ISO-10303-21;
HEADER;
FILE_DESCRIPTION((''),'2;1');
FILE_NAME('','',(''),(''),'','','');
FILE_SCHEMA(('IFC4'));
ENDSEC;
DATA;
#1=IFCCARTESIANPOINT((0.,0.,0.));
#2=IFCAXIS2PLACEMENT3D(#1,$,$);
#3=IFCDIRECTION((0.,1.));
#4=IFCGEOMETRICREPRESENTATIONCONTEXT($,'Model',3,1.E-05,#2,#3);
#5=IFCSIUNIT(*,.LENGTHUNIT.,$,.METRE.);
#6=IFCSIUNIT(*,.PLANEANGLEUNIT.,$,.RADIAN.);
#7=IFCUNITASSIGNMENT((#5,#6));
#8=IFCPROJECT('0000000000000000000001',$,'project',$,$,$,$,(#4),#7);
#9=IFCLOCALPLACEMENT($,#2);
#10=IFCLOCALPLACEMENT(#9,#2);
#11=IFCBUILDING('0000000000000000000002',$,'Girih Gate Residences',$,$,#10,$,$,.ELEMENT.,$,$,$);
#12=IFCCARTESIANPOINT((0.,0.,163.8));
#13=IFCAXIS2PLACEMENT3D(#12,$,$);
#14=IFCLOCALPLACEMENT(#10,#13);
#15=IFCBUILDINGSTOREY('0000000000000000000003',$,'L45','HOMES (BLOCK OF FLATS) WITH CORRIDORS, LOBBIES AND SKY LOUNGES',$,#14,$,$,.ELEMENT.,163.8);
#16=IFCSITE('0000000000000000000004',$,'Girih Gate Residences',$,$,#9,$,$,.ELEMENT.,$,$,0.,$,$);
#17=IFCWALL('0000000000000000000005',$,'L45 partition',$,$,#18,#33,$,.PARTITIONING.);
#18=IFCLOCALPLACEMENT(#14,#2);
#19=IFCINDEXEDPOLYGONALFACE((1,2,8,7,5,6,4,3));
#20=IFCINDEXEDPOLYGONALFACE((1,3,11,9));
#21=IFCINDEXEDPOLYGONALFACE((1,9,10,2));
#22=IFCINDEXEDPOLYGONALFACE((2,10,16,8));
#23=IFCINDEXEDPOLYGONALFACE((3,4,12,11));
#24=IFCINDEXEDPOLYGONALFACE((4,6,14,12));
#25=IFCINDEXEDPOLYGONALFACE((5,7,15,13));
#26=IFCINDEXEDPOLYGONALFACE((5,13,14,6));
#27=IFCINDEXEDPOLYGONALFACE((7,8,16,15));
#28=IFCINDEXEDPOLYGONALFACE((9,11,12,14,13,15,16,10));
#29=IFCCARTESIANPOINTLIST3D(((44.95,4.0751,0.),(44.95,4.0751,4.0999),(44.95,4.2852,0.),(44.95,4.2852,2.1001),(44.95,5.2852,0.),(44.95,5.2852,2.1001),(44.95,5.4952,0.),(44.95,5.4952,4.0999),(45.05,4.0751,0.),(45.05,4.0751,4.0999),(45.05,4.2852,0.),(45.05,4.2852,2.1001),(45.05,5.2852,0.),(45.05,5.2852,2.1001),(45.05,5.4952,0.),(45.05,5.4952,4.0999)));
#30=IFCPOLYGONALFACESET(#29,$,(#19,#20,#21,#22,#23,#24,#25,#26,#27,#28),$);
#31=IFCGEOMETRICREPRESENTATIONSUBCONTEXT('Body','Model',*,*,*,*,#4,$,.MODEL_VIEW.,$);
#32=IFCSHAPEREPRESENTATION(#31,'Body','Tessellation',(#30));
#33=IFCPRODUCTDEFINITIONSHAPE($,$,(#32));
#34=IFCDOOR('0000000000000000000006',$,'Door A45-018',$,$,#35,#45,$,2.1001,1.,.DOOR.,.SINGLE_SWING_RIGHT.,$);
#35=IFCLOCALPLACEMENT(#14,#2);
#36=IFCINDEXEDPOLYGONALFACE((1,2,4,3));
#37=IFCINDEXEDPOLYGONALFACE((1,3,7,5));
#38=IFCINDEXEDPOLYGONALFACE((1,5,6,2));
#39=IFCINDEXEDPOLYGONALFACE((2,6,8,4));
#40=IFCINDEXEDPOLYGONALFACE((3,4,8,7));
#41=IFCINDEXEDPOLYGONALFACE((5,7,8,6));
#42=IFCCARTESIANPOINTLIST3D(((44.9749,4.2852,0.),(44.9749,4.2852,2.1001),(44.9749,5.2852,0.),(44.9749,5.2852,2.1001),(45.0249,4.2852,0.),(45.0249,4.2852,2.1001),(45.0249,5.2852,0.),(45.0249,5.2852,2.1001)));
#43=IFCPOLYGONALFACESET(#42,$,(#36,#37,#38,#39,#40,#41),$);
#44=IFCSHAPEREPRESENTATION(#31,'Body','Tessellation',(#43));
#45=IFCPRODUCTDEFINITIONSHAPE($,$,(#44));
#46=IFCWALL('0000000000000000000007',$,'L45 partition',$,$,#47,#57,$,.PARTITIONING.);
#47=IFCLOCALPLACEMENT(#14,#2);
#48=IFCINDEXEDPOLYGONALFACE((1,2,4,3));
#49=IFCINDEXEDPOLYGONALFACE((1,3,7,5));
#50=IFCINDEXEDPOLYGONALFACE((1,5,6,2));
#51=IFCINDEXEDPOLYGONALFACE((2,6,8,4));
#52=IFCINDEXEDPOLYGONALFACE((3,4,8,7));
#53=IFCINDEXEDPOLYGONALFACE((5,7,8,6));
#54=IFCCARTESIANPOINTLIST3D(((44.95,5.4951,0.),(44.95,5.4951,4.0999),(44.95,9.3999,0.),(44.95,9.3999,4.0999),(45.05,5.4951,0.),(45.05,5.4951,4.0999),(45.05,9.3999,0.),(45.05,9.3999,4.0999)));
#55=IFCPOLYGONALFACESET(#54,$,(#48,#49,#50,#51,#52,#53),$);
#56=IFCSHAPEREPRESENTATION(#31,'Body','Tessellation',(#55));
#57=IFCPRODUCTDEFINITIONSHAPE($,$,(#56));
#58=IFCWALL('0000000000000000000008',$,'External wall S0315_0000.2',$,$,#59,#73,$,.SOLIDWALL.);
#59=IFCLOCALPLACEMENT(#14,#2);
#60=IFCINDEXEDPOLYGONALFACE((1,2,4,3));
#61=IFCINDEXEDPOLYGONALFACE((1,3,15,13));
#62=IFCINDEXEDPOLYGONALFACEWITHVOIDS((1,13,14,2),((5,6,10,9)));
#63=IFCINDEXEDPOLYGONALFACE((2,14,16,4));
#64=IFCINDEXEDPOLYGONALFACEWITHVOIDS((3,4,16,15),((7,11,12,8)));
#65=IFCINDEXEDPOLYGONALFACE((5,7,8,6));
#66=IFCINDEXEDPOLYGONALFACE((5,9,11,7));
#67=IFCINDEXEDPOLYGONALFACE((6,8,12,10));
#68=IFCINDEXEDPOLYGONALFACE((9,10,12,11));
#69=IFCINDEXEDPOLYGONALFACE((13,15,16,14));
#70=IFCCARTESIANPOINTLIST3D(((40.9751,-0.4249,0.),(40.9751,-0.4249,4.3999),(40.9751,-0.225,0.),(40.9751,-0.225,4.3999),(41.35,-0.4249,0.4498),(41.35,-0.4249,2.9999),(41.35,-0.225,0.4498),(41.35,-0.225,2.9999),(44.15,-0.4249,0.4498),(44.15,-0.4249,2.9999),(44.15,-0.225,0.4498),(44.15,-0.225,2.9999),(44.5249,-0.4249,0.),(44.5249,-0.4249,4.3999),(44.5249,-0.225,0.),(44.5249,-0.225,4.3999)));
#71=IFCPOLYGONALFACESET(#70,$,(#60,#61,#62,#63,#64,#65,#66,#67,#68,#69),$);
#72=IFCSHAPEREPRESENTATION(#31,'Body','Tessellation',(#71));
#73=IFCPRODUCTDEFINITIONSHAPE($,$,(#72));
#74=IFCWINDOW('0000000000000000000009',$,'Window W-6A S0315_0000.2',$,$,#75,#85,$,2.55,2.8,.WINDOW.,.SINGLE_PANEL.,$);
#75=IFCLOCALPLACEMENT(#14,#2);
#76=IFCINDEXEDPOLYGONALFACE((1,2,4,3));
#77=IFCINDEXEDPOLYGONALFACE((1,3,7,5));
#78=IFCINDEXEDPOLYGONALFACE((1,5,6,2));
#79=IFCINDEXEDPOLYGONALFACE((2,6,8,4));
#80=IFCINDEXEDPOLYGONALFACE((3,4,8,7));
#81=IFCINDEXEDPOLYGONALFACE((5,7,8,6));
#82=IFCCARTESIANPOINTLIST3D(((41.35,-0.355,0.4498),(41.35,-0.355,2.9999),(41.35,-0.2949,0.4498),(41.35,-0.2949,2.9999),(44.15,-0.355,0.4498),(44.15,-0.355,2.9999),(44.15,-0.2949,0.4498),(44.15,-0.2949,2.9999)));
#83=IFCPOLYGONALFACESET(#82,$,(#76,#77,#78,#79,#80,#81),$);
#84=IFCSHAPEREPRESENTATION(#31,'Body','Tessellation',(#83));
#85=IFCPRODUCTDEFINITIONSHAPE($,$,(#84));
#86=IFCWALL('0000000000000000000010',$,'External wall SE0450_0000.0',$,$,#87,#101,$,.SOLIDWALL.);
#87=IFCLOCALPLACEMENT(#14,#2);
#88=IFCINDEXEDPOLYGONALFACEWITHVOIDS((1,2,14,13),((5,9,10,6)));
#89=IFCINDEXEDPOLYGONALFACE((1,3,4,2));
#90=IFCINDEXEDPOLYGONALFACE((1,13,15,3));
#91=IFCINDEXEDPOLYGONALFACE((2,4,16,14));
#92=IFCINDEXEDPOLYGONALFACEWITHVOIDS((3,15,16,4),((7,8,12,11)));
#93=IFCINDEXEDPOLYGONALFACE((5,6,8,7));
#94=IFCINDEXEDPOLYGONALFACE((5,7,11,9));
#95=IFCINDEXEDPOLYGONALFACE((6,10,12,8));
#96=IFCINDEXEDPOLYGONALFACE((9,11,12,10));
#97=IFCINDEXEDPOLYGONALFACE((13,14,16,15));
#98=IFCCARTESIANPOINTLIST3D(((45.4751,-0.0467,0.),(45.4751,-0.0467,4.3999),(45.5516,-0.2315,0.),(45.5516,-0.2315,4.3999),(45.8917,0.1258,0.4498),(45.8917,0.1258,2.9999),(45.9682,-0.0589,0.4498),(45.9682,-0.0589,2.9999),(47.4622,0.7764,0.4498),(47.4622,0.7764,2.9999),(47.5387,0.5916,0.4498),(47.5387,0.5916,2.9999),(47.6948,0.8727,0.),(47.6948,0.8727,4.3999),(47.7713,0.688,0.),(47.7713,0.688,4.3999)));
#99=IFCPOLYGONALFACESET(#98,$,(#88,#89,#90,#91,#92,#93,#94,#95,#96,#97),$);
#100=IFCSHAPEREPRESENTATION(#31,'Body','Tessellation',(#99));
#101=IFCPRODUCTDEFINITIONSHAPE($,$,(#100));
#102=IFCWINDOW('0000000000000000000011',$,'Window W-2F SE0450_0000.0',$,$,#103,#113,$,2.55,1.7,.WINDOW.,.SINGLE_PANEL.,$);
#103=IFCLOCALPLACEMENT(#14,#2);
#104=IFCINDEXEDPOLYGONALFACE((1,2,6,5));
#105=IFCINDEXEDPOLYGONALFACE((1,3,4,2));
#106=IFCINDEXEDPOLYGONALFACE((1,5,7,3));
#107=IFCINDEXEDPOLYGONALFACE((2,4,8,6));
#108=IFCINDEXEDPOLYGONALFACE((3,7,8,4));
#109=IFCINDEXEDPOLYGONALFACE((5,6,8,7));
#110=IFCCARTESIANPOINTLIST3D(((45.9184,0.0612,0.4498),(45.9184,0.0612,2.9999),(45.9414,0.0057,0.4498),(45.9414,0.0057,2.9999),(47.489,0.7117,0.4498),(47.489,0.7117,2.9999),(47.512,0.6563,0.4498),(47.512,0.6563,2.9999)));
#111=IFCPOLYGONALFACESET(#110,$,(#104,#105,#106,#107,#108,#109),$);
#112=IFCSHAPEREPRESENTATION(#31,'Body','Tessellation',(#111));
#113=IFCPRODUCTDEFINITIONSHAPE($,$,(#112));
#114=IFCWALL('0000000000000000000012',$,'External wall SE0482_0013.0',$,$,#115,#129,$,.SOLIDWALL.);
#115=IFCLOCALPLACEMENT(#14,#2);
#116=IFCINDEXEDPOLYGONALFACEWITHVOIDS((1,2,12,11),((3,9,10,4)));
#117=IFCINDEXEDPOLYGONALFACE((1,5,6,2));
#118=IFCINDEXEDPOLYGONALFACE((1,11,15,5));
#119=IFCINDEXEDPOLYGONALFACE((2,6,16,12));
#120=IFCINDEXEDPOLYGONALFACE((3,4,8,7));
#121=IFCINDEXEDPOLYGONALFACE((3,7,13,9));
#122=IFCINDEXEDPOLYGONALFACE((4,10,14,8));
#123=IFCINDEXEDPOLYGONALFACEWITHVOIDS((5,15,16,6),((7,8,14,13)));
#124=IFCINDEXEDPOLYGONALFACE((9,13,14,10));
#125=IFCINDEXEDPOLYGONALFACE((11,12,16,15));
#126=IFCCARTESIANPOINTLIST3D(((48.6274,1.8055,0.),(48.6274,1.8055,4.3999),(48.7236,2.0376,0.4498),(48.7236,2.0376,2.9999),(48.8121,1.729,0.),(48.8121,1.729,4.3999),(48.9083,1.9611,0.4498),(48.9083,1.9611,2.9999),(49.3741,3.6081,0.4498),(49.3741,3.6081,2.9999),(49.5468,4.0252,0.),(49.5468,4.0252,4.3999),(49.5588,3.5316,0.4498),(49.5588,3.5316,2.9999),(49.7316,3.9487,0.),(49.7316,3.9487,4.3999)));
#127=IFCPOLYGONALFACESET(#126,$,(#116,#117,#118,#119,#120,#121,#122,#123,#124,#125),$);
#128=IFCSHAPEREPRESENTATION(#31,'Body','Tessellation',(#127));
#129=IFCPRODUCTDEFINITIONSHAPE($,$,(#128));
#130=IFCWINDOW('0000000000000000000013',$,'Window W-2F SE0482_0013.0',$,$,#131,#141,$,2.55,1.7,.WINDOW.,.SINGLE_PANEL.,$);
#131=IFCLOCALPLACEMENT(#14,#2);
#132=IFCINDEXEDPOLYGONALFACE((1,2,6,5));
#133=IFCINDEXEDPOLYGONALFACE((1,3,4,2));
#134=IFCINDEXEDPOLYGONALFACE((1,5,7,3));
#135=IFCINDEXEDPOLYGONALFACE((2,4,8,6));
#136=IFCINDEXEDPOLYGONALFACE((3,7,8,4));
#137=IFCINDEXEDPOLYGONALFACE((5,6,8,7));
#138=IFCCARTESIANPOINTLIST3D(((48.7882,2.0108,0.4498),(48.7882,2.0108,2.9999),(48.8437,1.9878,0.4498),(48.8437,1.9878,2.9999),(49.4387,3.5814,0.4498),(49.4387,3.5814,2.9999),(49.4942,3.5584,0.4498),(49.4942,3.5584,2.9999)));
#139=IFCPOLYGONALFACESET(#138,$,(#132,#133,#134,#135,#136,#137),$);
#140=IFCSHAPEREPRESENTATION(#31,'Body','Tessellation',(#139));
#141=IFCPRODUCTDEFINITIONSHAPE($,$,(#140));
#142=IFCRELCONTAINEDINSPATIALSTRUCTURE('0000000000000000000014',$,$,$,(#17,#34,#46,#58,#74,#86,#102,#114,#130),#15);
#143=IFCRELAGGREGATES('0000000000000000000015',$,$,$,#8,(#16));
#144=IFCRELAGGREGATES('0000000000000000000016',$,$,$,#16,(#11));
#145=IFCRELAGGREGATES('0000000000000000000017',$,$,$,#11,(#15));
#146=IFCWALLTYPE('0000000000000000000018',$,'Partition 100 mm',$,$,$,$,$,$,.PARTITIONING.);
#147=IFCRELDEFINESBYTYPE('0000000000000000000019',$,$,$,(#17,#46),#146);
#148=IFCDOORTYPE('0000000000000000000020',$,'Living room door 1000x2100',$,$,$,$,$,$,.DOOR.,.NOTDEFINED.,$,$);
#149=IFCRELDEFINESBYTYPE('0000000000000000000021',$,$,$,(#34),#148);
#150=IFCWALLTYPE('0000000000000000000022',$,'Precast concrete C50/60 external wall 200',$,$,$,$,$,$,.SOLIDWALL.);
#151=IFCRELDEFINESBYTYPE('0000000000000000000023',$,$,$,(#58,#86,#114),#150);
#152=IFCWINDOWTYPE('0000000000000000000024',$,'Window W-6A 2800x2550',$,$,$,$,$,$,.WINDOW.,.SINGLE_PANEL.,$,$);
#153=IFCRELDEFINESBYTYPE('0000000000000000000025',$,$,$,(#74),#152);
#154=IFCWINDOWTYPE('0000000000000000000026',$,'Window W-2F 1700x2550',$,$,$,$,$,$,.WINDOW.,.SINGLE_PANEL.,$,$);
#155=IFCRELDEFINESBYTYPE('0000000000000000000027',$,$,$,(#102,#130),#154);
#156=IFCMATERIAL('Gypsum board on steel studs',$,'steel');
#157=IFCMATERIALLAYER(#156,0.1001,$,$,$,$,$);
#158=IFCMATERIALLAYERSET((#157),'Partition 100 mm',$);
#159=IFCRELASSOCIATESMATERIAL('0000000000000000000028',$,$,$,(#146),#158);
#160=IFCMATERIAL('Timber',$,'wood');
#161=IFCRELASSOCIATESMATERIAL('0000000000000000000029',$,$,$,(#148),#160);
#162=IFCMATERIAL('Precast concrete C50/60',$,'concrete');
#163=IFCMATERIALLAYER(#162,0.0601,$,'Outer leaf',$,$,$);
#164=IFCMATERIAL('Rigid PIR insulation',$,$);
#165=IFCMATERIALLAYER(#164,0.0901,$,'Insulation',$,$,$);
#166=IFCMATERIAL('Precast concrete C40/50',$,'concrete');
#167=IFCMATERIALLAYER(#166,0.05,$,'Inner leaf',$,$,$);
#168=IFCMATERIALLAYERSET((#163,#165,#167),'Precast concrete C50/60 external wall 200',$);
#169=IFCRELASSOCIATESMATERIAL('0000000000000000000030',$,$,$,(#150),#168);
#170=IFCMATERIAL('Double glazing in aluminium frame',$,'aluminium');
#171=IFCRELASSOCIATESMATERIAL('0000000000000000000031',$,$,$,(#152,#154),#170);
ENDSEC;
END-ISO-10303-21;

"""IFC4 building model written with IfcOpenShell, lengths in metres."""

from ifc_helpers import new_model, si_unit, direction, frame, frame_2d, origin, place, context, subcontext, project, spatial, rectangle, extrude, material, layer, layer_set, type_object, element, fill, save


model = new_model("IFC4")

# Units and contexts
model_context = context("Model", 3, precision=1e-05, world=origin(), true_north=direction((0.0, 1.0)))
body_context = subcontext(model_context, "Body", "Model", "MODEL_VIEW")
ifc_project = project(units=[si_unit("LENGTHUNIT", "METRE"), si_unit("PLANEANGLEUNIT", "RADIAN")], contexts=[model_context])

# Site, building, storey
site_placement = place(None, origin())
site = spatial("IfcSite", under=ifc_project, at=site_placement, Name="Girih Gate Residences", CompositionType="ELEMENT", RefElevation=0.0)
building_placement = place(site_placement, origin())
building = spatial("IfcBuilding", under=site, at=building_placement, Name="Girih Gate Residences", CompositionType="ELEMENT")
storey_placement = place(building_placement, frame((0.0, 0.0, 163.8)))
storey = spatial("IfcBuildingStorey", under=building, at=storey_placement, Name="L45", Description="HOMES (BLOCK OF FLATS) WITH CORRIDORS, LOBBIES AND SKY LOUNGES", CompositionType="ELEMENT", Elevation=163.8)

# Shared definitions
ifc_material_1 = material(Name="Gypsum board on steel studs", Category="steel")
ifc_layer_1 = layer(ifc_material_1, 0.1001)
ifc_layer_set_1 = layer_set([ifc_layer_1], Name="Partition 100 mm")
wall_type_1 = type_object("IfcWallType", Name="Partition 100 mm", PredefinedType="PARTITIONING", material=ifc_layer_set_1)
ifc_material_2 = material(Name="Timber", Category="wood")

# Wall, opening, door
wall_1_placement = place(storey_placement, frame((45.0, 5.4951, 0.0), z_axis=(0.0, 0.0, 1.0), x_axis=(0.0, -1.0, 0.0)))
wall_1 = element("IfcWall", 1, at=wall_1_placement, inside=storey, type_object=wall_type_1, Name="L45 partition", PredefinedType="PARTITIONING", context=body_context, shape_type="SweptSolid", body=[
    extrude(rectangle(XDim=1.4202, YDim=0.1001, at=frame_2d((0.71, 0.0))), origin(), (0.0, 0.0, 1.0), 4.0999),
])
opening_1_placement = place(wall_1_placement, frame((0.21, 0.0, 0.0)))
opening_1 = element("IfcOpeningElement", 2, at=opening_1_placement, cuts=wall_1, PredefinedType="OPENING", context=body_context, shape_type="SweptSolid", body=[
    extrude(rectangle(XDim=1.0, YDim=2.1001, at=frame_2d((0.5, 1.05))), frame((0.0, 0.0601, 0.0), z_axis=(0.0, -1.0, 0.0), x_axis=(1.0, 0.0, 0.0)), (0.0, 0.0, 1.0), 0.1201),
])
door_type_1 = type_object("IfcDoorType", Name="Living room door 1000x2100", OperationType="NOTDEFINED", PredefinedType="DOOR", material=ifc_material_2)
door_1_placement = place(opening_1_placement, origin())
door_1 = element("IfcDoor", 3, at=door_1_placement, inside=storey, type_object=door_type_1, Name="Door A45-018", OperationType="SINGLE_SWING_RIGHT", OverallHeight=2.1001, OverallWidth=1.0, PredefinedType="DOOR", context=body_context, shape_type="SweptSolid", body=[
    extrude(rectangle(XDim=1.0, YDim=2.1001, at=frame_2d((0.5, 1.05))), frame((0.0, 0.0249, 0.0), z_axis=(0.0, -1.0, 0.0), x_axis=(1.0, 0.0, 0.0)), (0.0, 0.0, 1.0), 0.05),
])
fill(opening_1, door_1)

# Wall
wall_2_placement = place(storey_placement, frame((45.0, 5.4951, 0.0), z_axis=(0.0, 0.0, 1.0), x_axis=(0.0, 1.0, 0.0)))
element("IfcWall", 4, at=wall_2_placement, inside=storey, type_object=wall_type_1, Name="L45 partition", PredefinedType="PARTITIONING", context=body_context, shape_type="SweptSolid", body=[
    extrude(rectangle(XDim=3.9048, YDim=0.1001, at=frame_2d((1.9524, 0.0))), origin(), (0.0, 0.0, 1.0), 4.0999),
])

# Walls, openings, windows
ifc_material_3 = material(Name="Precast concrete C50/60", Category="concrete")
ifc_layer_2 = layer(ifc_material_3, 0.0601, Name="Outer leaf")
ifc_material_4 = material(Name="Rigid PIR insulation")
ifc_layer_3 = layer(ifc_material_4, 0.0901, Name="Insulation")
ifc_material_5 = material(Name="Precast concrete C40/50", Category="concrete")
ifc_layer_4 = layer(ifc_material_5, 0.05, Name="Inner leaf")
ifc_layer_set_2 = layer_set([ifc_layer_2, ifc_layer_3, ifc_layer_4], Name="Precast concrete C50/60 external wall 200")
wall_type_2 = type_object("IfcWallType", Name="Precast concrete C50/60 external wall 200", PredefinedType="SOLIDWALL", material=ifc_layer_set_2)
wall_3_placement = place(storey_placement, frame((44.5249, -0.325, 0.0), z_axis=(0.0, 0.0, 1.0), x_axis=(-1.0, 0.0, 0.0)))
wall_3 = element("IfcWall", 5, at=wall_3_placement, inside=storey, type_object=wall_type_2, Name="External wall S0315_0000.2", PredefinedType="SOLIDWALL", context=body_context, shape_type="SweptSolid", body=[
    extrude(rectangle(XDim=3.5498, YDim=0.2, at=frame_2d((1.7749, 0.0))), origin(), (0.0, 0.0, 1.0), 4.3999),
])
opening_2_placement = place(wall_3_placement, frame((0.375, 0.0, 0.45)))
opening_2 = element("IfcOpeningElement", 6, at=opening_2_placement, cuts=wall_3, PredefinedType="OPENING", context=body_context, shape_type="SweptSolid", body=[
    extrude(rectangle(XDim=2.8, YDim=2.55, at=frame_2d((1.3999, 1.2749))), frame((0.0, 0.1099, 0.0), z_axis=(0.0, -1.0, 0.0), x_axis=(1.0, 0.0, 0.0)), (0.0, 0.0, 1.0), 0.22),
])
ifc_material_6 = material(Name="Double glazing in aluminium frame", Category="aluminium")
window_type_1 = type_object("IfcWindowType", Name="Window W-6A 2800x2550", PartitioningType="SINGLE_PANEL", PredefinedType="WINDOW", material=ifc_material_6)
window_1_placement = place(opening_2_placement, origin())
window_1 = element("IfcWindow", 7, at=window_1_placement, inside=storey, type_object=window_type_1, Name="Window W-6A S0315_0000.2", OverallHeight=2.55, OverallWidth=2.8, PartitioningType="SINGLE_PANEL", PredefinedType="WINDOW", context=body_context, shape_type="SweptSolid", body=[
    extrude(rectangle(XDim=2.8, YDim=2.55, at=frame_2d((1.3999, 1.2749))), frame((0.0, 0.03, 0.0), z_axis=(0.0, -1.0, 0.0), x_axis=(1.0, 0.0, 0.0)), (0.0, 0.0, 1.0), 0.0601),
])
fill(opening_2, window_1)
wall_4_placement = place(storey_placement, frame((47.7329, 0.7803, 0.0), z_axis=(0.0, 0.0, 1.0), x_axis=(-0.923881, -0.382681, 0.0)))
wall_4 = element("IfcWall", 8, at=wall_4_placement, inside=storey, type_object=wall_type_2, Name="External wall SE0450_0000.0", PredefinedType="SOLIDWALL", context=body_context, shape_type="SweptSolid", body=[
    extrude(rectangle(XDim=2.4026, YDim=0.2, at=frame_2d((1.2012, 0.0))), origin(), (0.0, 0.0, 1.0), 4.3999),
])
opening_3_placement = place(wall_4_placement, frame((0.2515, 0.0, 0.45)))
opening_3 = element("IfcOpeningElement", 9, at=opening_3_placement, cuts=wall_4, PredefinedType="OPENING", context=body_context, shape_type="SweptSolid", body=[
    extrude(rectangle(XDim=1.7, YDim=2.55, at=frame_2d((0.8501, 1.2749))), frame((0.0, 0.1099, 0.0), z_axis=(0.0, -1.0, 0.0), x_axis=(1.0, 0.0, 0.0)), (0.0, 0.0, 1.0), 0.22),
])
window_type_2 = type_object("IfcWindowType", Name="Window W-2F 1700x2550", PartitioningType="SINGLE_PANEL", PredefinedType="WINDOW", material=ifc_material_6)
window_2_placement = place(opening_3_placement, origin())
window_2 = element("IfcWindow", 10, at=window_2_placement, inside=storey, type_object=window_type_2, Name="Window W-2F SE0450_0000.0", OverallHeight=2.55, OverallWidth=1.7, PartitioningType="SINGLE_PANEL", PredefinedType="WINDOW", context=body_context, shape_type="SweptSolid", body=[
    extrude(rectangle(XDim=1.7, YDim=2.55, at=frame_2d((0.8501, 1.2749))), frame((0.0, 0.03, 0.0), z_axis=(0.0, -1.0, 0.0), x_axis=(1.0, 0.0, 0.0)), (0.0, 0.0, 1.0), 0.0601),
])
fill(opening_3, window_2)
wall_5_placement = place(storey_placement, frame((49.6392, 3.9868, 0.0), z_axis=(0.0, 0.0, 1.0), x_axis=(-0.382681, -0.923881, 0.0)))
wall_5 = element("IfcWall", 11, at=wall_5_placement, inside=storey, type_object=wall_type_2, Name="External wall SE0482_0013.0", PredefinedType="SOLIDWALL", context=body_context, shape_type="SweptSolid", body=[
    extrude(rectangle(XDim=2.4026, YDim=0.2, at=frame_2d((1.2012, 0.0))), origin(), (0.0, 0.0, 1.0), 4.3999),
])
opening_4_placement = place(wall_5_placement, frame((0.4512, 0.0, 0.45)))
opening_4 = element("IfcOpeningElement", 12, at=opening_4_placement, cuts=wall_5, PredefinedType="OPENING", context=body_context, shape_type="SweptSolid", body=[
    extrude(rectangle(XDim=1.7, YDim=2.55, at=frame_2d((0.8501, 1.2749))), frame((0.0, 0.1099, 0.0), z_axis=(0.0, -1.0, 0.0), x_axis=(1.0, 0.0, 0.0)), (0.0, 0.0, 1.0), 0.22),
])
window_3_placement = place(opening_4_placement, origin())
window_3 = element("IfcWindow", 13, at=window_3_placement, inside=storey, type_object=window_type_2, Name="Window W-2F SE0482_0013.0", OverallHeight=2.55, OverallWidth=1.7, PartitioningType="SINGLE_PANEL", PredefinedType="WINDOW", context=body_context, shape_type="SweptSolid", body=[
    extrude(rectangle(XDim=1.7, YDim=2.55, at=frame_2d((0.8501, 1.2749))), frame((0.0, 0.03, 0.0), z_axis=(0.0, -1.0, 0.0), x_axis=(1.0, 0.0, 0.0)), (0.0, 0.0, 1.0), 0.0601),
])
fill(opening_4, window_3)

save(model, "model.ifc")
